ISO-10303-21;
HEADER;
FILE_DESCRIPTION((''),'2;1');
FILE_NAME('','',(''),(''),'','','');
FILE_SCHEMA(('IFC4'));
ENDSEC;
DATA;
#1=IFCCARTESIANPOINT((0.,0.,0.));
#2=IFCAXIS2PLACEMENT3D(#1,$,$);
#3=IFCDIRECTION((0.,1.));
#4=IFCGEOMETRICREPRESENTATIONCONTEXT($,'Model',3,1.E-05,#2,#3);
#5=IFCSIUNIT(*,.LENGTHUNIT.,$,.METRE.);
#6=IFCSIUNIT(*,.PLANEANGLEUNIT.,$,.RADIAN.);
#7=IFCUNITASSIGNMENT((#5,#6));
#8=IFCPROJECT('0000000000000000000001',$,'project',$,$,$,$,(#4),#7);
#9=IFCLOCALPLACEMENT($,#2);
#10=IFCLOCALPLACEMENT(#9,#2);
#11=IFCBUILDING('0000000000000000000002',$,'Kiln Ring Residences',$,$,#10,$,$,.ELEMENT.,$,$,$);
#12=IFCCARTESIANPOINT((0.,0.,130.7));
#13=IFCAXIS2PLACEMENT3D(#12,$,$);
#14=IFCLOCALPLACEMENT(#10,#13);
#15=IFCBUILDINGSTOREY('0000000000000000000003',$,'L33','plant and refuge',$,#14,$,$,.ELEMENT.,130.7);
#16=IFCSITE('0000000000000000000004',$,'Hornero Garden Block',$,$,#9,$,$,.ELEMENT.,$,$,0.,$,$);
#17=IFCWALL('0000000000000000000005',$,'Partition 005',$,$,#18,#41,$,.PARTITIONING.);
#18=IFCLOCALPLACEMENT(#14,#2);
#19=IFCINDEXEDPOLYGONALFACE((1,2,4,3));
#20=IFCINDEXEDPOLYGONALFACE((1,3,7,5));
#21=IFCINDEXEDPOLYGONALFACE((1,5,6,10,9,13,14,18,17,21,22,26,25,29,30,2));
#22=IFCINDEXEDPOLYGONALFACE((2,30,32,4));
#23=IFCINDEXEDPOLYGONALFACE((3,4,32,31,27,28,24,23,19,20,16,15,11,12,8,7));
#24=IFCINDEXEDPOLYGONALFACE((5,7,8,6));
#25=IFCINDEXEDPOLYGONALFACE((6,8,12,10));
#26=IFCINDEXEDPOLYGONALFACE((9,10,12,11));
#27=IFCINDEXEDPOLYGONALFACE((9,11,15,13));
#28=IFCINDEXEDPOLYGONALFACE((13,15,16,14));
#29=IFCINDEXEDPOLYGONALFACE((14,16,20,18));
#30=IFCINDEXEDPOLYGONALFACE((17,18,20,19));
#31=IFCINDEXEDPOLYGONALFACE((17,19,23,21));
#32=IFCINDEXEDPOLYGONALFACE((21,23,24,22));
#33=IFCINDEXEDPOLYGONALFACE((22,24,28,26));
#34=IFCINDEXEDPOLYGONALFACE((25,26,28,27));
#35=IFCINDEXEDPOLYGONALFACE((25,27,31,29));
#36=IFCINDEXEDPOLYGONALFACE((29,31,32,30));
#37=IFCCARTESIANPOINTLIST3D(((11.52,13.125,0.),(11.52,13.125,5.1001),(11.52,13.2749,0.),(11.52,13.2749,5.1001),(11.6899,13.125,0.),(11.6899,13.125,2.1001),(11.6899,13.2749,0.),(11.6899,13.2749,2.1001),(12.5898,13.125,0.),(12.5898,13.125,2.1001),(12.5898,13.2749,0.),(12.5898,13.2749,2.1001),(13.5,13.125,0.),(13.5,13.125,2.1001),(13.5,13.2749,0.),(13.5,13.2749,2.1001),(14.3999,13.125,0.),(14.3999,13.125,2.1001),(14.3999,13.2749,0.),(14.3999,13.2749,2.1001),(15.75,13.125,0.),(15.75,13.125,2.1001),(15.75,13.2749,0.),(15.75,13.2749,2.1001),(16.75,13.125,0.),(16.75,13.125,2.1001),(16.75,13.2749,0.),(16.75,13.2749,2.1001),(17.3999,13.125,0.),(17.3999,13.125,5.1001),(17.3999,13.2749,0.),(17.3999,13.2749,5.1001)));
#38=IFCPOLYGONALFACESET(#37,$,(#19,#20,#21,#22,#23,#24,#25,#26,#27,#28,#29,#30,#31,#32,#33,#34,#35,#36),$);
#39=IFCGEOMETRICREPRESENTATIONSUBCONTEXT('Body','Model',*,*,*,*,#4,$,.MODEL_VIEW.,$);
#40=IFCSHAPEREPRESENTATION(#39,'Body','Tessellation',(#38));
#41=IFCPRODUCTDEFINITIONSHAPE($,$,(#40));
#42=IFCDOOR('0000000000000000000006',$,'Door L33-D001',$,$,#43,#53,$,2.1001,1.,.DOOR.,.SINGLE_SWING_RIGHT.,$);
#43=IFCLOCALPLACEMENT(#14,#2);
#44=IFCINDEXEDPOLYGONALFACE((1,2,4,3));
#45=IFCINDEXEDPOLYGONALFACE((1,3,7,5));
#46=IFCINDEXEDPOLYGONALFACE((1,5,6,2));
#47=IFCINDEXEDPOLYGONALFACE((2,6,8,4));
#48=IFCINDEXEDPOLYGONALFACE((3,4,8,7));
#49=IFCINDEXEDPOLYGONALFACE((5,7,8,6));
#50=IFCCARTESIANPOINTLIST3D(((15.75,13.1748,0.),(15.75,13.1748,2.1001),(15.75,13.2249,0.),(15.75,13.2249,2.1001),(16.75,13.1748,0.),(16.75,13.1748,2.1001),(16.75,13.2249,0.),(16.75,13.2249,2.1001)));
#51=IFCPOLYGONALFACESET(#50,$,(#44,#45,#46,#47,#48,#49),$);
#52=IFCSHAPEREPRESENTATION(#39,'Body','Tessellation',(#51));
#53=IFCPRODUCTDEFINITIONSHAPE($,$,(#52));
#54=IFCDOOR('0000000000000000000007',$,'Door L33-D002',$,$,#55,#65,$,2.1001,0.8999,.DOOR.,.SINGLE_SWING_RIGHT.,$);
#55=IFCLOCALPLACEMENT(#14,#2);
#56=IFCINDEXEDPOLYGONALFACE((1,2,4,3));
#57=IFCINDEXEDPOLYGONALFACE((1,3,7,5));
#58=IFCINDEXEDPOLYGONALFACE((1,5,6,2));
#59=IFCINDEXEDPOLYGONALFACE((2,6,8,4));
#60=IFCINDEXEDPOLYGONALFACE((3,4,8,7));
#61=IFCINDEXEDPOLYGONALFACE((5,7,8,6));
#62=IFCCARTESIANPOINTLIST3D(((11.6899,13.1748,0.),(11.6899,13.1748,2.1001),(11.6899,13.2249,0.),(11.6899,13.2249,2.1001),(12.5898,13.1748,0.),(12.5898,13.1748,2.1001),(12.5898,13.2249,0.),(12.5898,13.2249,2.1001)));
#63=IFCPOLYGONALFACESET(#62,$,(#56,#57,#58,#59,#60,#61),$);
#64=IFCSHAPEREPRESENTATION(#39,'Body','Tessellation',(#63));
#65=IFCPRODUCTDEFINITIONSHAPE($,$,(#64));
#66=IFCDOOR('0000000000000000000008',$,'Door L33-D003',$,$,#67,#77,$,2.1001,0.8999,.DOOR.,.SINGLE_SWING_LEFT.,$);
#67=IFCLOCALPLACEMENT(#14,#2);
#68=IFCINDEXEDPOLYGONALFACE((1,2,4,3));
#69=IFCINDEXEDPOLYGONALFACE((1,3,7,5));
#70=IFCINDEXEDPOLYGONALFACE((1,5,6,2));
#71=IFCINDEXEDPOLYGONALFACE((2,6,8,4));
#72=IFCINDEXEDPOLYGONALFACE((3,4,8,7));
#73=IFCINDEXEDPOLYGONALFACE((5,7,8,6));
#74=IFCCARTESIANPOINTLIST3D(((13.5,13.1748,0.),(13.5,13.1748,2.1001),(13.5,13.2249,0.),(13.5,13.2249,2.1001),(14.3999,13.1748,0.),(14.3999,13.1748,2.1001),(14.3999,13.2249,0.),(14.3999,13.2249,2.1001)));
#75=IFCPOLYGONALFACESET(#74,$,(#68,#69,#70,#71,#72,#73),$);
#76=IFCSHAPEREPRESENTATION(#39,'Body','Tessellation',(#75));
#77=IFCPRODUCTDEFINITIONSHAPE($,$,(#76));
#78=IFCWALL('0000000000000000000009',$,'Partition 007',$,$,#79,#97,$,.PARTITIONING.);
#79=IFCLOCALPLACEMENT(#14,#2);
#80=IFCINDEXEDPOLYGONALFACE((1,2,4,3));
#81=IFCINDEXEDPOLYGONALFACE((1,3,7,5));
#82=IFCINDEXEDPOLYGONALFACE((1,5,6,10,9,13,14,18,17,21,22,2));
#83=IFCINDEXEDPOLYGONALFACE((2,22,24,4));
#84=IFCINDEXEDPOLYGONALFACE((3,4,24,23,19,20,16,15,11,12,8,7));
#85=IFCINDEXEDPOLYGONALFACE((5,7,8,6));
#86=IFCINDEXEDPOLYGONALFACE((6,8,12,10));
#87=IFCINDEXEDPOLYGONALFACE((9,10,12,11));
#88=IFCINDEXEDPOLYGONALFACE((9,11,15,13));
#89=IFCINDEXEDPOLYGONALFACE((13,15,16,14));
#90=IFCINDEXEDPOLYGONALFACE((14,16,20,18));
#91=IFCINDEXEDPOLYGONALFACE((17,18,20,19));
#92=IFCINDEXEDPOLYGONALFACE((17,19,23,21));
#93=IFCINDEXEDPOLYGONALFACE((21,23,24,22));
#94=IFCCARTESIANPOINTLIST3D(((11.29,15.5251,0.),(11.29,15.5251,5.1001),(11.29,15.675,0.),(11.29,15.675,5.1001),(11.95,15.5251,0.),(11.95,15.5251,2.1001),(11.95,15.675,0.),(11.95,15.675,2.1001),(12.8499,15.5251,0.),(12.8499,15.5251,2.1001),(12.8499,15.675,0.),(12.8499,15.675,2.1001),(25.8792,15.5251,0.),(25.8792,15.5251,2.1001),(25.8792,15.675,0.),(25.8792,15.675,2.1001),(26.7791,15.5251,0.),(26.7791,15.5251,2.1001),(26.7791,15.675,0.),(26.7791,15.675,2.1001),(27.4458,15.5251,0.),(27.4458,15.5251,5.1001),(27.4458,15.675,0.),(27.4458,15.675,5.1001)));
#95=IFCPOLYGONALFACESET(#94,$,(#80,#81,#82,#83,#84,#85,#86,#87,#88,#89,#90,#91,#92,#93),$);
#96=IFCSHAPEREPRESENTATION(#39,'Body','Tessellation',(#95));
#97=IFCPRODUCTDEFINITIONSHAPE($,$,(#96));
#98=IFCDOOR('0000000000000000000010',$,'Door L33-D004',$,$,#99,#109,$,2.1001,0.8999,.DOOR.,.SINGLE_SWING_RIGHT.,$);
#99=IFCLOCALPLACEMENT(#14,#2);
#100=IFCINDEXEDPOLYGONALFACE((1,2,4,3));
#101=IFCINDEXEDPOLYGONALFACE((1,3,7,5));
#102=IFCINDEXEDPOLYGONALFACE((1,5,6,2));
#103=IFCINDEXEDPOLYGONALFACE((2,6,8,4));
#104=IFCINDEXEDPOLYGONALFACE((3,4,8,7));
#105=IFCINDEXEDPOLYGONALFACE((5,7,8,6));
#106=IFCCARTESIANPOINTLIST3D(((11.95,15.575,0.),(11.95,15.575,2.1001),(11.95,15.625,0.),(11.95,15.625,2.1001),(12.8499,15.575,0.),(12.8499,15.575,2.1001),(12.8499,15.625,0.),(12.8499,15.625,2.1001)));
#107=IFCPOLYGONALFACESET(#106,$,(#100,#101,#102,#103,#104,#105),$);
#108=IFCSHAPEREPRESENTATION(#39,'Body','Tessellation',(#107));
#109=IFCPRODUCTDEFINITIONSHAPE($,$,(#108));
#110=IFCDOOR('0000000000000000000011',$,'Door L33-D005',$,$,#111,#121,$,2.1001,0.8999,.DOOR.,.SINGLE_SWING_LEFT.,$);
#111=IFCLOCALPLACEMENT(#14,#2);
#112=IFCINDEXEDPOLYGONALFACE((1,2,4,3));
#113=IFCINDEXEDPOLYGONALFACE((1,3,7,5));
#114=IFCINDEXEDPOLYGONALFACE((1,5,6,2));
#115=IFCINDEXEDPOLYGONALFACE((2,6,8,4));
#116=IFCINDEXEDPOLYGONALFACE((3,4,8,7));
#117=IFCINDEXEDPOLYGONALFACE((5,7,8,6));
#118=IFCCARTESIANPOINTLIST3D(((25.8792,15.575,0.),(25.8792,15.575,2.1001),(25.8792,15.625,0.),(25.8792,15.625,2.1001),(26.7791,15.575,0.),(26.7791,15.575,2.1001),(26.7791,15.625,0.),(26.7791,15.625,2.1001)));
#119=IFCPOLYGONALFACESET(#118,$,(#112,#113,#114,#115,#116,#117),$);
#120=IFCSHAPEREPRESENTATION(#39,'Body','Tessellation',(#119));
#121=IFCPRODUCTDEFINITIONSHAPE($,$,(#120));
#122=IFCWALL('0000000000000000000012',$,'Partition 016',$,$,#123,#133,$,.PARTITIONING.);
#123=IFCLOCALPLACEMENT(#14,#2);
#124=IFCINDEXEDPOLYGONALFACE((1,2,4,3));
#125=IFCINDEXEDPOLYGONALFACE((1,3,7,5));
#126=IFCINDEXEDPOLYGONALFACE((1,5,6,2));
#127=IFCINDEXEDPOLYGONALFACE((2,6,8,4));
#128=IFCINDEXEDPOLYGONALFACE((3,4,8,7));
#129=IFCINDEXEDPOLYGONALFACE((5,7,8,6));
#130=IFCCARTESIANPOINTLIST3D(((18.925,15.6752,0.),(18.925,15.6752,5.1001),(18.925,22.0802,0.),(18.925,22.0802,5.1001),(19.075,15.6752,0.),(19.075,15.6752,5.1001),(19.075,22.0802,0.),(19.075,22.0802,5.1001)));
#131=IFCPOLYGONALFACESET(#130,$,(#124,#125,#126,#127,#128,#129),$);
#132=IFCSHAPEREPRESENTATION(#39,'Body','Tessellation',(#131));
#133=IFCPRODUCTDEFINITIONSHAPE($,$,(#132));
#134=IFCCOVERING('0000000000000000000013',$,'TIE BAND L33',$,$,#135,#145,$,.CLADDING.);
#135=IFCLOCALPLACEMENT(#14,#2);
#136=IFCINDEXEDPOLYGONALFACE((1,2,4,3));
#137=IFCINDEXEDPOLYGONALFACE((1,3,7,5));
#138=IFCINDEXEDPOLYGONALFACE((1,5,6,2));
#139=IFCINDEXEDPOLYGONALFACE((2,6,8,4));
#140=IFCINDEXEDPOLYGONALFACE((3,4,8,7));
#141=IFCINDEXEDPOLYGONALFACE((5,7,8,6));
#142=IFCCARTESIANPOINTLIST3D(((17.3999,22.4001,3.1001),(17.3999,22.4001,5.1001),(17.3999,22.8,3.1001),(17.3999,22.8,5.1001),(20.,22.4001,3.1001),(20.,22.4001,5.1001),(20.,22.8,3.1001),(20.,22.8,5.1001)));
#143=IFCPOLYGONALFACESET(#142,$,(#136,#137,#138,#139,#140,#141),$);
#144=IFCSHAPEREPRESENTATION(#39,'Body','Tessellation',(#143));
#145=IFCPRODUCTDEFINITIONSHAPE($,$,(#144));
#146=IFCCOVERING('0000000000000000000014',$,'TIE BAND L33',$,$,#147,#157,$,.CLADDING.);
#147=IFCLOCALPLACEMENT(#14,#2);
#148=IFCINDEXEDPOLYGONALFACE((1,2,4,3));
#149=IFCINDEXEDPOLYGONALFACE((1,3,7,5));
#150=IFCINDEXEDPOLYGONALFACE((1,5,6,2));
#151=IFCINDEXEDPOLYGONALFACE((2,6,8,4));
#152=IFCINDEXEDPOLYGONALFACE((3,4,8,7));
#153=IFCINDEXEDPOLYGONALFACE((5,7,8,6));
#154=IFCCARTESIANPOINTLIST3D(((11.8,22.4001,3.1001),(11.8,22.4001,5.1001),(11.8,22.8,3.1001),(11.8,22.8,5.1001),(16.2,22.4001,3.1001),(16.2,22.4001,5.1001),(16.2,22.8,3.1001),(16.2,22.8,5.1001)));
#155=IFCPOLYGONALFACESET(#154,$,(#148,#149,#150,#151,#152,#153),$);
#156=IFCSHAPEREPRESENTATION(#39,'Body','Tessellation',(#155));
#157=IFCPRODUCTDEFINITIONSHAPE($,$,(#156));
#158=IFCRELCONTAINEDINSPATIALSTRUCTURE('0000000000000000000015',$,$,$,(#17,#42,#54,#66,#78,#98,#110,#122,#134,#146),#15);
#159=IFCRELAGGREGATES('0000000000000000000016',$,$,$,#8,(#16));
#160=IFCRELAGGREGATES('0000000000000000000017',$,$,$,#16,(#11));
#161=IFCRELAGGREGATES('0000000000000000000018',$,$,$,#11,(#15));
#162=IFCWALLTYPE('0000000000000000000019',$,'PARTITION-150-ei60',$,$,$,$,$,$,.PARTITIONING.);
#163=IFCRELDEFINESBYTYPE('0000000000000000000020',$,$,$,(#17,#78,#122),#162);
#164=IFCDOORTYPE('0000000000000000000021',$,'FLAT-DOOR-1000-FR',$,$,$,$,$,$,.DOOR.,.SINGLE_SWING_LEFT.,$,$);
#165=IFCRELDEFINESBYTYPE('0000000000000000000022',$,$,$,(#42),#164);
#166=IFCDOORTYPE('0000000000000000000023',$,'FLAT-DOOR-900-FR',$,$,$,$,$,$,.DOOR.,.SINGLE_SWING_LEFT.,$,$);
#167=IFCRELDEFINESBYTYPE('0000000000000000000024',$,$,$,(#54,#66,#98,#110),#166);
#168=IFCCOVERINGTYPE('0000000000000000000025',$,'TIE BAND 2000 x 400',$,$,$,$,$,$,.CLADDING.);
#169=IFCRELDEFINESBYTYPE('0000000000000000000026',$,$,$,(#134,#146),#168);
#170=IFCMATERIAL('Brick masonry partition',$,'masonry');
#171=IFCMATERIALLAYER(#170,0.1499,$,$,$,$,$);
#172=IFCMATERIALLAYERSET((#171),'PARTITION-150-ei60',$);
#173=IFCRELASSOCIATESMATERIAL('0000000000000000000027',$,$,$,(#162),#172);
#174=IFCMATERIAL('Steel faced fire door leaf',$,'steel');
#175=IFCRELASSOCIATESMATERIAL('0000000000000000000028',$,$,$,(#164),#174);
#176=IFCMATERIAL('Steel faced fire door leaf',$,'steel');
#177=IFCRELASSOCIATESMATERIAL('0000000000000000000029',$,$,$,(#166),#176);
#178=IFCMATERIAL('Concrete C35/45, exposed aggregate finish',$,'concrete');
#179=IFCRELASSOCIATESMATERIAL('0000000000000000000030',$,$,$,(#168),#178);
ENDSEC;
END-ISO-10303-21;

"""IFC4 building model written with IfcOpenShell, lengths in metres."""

from ifc_helpers import new_model, si_unit, direction, frame, frame_2d, origin, origin_2d, place, context, subcontext, project, spatial, rectangle, extrude, material, layer, layer_set, type_object, element, fill, save


model = new_model("IFC4")

# Units and contexts
model_context = context("Model", 3, precision=1e-05, world=origin(), true_north=direction((0.0, 1.0)))
body_context = subcontext(model_context, "Body", "Model", "MODEL_VIEW")
ifc_project = project(units=[si_unit("LENGTHUNIT", "METRE"), si_unit("PLANEANGLEUNIT", "RADIAN")], contexts=[model_context])

# Site, building, storey
site_placement = place(None, origin())
site = spatial("IfcSite", under=ifc_project, at=site_placement, Name="Hornero Garden Block", CompositionType="ELEMENT", RefElevation=0.0)
building_placement = place(site_placement, origin())
building = spatial("IfcBuilding", under=site, at=building_placement, Name="Kiln Ring Residences", CompositionType="ELEMENT")
storey_placement = place(building_placement, frame((0.0, 0.0, 130.7)))
storey = spatial("IfcBuildingStorey", under=building, at=storey_placement, Name="L33", Description="plant and refuge", CompositionType="ELEMENT", Elevation=130.7)

# Walls, openings, doors
ifc_material_1 = material(Name="Brick masonry partition", Category="masonry")
ifc_layer_1 = layer(ifc_material_1, 0.1499)
ifc_layer_set_1 = layer_set([ifc_layer_1], Name="PARTITION-150-ei60")
wall_type_1 = type_object("IfcWallType", Name="PARTITION-150-ei60", PredefinedType="PARTITIONING", material=ifc_layer_set_1)
wall_1_placement = place(storey_placement, frame((11.52, 13.2, 0.0), z_axis=(0.0, 0.0, 1.0), x_axis=(1.0, 0.0, 0.0)))
wall_1 = element("IfcWall", 1, at=wall_1_placement, inside=storey, type_object=wall_type_1, Name="Partition 005", PredefinedType="PARTITIONING", context=body_context, shape_type="SweptSolid", body=[
    extrude(rectangle(XDim=5.8799, YDim=0.1499, at=frame_2d((2.9399, 0.0))), origin(), (0.0, 0.0, 1.0), 5.1001),
])
opening_1_placement = place(wall_1_placement, frame((4.23, 0.0, 0.0)))
opening_1 = element("IfcOpeningElement", 2, at=opening_1_placement, cuts=wall_1, PredefinedType="OPENING", context=body_context, shape_type="SweptSolid", body=[
    extrude(rectangle(XDim=1.0, YDim=2.1001, at=frame_2d((0.5, 1.05))), frame((0.0, 0.085, 0.0), z_axis=(0.0, -1.0, 0.0), x_axis=(1.0, 0.0, 0.0)), (0.0, 0.0, 1.0), 0.1699),
])
opening_2_placement = place(wall_1_placement, frame((0.1699, 0.0, 0.0)))
opening_2 = element("IfcOpeningElement", 3, at=opening_2_placement, cuts=wall_1, PredefinedType="OPENING", context=body_context, shape_type="SweptSolid", body=[
    extrude(rectangle(XDim=0.8999, YDim=2.1001, at=frame_2d((0.45, 1.05))), frame((0.0, 0.085, 0.0), z_axis=(0.0, -1.0, 0.0), x_axis=(1.0, 0.0, 0.0)), (0.0, 0.0, 1.0), 0.1699),
])
opening_3_placement = place(wall_1_placement, frame((1.98, 0.0, 0.0)))
opening_3 = element("IfcOpeningElement", 4, at=opening_3_placement, cuts=wall_1, PredefinedType="OPENING", context=body_context, shape_type="SweptSolid", body=[
    extrude(rectangle(XDim=0.8999, YDim=2.1001, at=frame_2d((0.45, 1.05))), frame((0.0, 0.085, 0.0), z_axis=(0.0, -1.0, 0.0), x_axis=(1.0, 0.0, 0.0)), (0.0, 0.0, 1.0), 0.1699),
])
ifc_material_2 = material(Name="Steel faced fire door leaf", Category="steel")
door_type_1 = type_object("IfcDoorType", Name="FLAT-DOOR-1000-FR", OperationType="SINGLE_SWING_LEFT", PredefinedType="DOOR", material=ifc_material_2)
door_1_placement = place(opening_1_placement, origin())
door_1 = element("IfcDoor", 5, at=door_1_placement, inside=storey, type_object=door_type_1, Name="Door L33-D001", OperationType="SINGLE_SWING_RIGHT", OverallHeight=2.1001, OverallWidth=1.0, PredefinedType="DOOR", context=body_context, shape_type="SweptSolid", body=[
    extrude(rectangle(XDim=1.0, YDim=2.1001, at=frame_2d((0.5, 1.05))), frame((0.0, 0.0249, 0.0), z_axis=(0.0, -1.0, 0.0), x_axis=(1.0, 0.0, 0.0)), (0.0, 0.0, 1.0), 0.05),
])
fill(opening_1, door_1)
ifc_material_3 = material(Name="Steel faced fire door leaf", Category="steel")
door_type_2 = type_object("IfcDoorType", Name="FLAT-DOOR-900-FR", OperationType="SINGLE_SWING_LEFT", PredefinedType="DOOR", material=ifc_material_3)
door_2_placement = place(opening_2_placement, origin())
door_2 = element("IfcDoor", 6, at=door_2_placement, inside=storey, type_object=door_type_2, Name="Door L33-D002", OperationType="SINGLE_SWING_RIGHT", OverallHeight=2.1001, OverallWidth=0.8999, PredefinedType="DOOR", context=body_context, shape_type="SweptSolid", body=[
    extrude(rectangle(XDim=0.8999, YDim=2.1001, at=frame_2d((0.45, 1.05))), frame((0.0, 0.0249, 0.0), z_axis=(0.0, -1.0, 0.0), x_axis=(1.0, 0.0, 0.0)), (0.0, 0.0, 1.0), 0.05),
])
fill(opening_2, door_2)
door_3_placement = place(opening_3_placement, origin())
door_3 = element("IfcDoor", 7, at=door_3_placement, inside=storey, type_object=door_type_2, Name="Door L33-D003", OperationType="SINGLE_SWING_LEFT", OverallHeight=2.1001, OverallWidth=0.8999, PredefinedType="DOOR", context=body_context, shape_type="SweptSolid", body=[
    extrude(rectangle(XDim=0.8999, YDim=2.1001, at=frame_2d((0.45, 1.05))), frame((0.0, 0.0249, 0.0), z_axis=(0.0, -1.0, 0.0), x_axis=(1.0, 0.0, 0.0)), (0.0, 0.0, 1.0), 0.05),
])
fill(opening_3, door_3)
wall_2_placement = place(storey_placement, frame((11.29, 15.6001, 0.0), z_axis=(0.0, 0.0, 1.0), x_axis=(1.0, 0.0, 0.0)))
wall_2 = element("IfcWall", 8, at=wall_2_placement, inside=storey, type_object=wall_type_1, Name="Partition 007", PredefinedType="PARTITIONING", context=body_context, shape_type="SweptSolid", body=[
    extrude(rectangle(XDim=16.1558, YDim=0.1499, at=frame_2d((8.0779, 0.0))), origin(), (0.0, 0.0, 1.0), 5.1001),
])
opening_4_placement = place(wall_2_placement, frame((0.6599, 0.0, 0.0)))
opening_4 = element("IfcOpeningElement", 9, at=opening_4_placement, cuts=wall_2, PredefinedType="OPENING", context=body_context, shape_type="SweptSolid", body=[
    extrude(rectangle(XDim=0.8999, YDim=2.1001, at=frame_2d((0.45, 1.05))), frame((0.0, 0.085, 0.0), z_axis=(0.0, -1.0, 0.0), x_axis=(1.0, 0.0, 0.0)), (0.0, 0.0, 1.0), 0.1699),
])
opening_5_placement = place(wall_2_placement, frame((14.5891, 0.0, 0.0)))
opening_5 = element("IfcOpeningElement", 10, at=opening_5_placement, cuts=wall_2, PredefinedType="OPENING", context=body_context, shape_type="SweptSolid", body=[
    extrude(rectangle(XDim=0.8999, YDim=2.1001, at=frame_2d((0.45, 1.05))), frame((0.0, 0.085, 0.0), z_axis=(0.0, -1.0, 0.0), x_axis=(1.0, 0.0, 0.0)), (0.0, 0.0, 1.0), 0.1699),
])
door_4_placement = place(opening_4_placement, origin())
door_4 = element("IfcDoor", 11, at=door_4_placement, inside=storey, type_object=door_type_2, Name="Door L33-D004", OperationType="SINGLE_SWING_RIGHT", OverallHeight=2.1001, OverallWidth=0.8999, PredefinedType="DOOR", context=body_context, shape_type="SweptSolid", body=[
    extrude(rectangle(XDim=0.8999, YDim=2.1001, at=frame_2d((0.45, 1.05))), frame((0.0, 0.0249, 0.0), z_axis=(0.0, -1.0, 0.0), x_axis=(1.0, 0.0, 0.0)), (0.0, 0.0, 1.0), 0.05),
])
fill(opening_4, door_4)
door_5_placement = place(opening_5_placement, origin())
door_5 = element("IfcDoor", 12, at=door_5_placement, inside=storey, type_object=door_type_2, Name="Door L33-D005", OperationType="SINGLE_SWING_LEFT", OverallHeight=2.1001, OverallWidth=0.8999, PredefinedType="DOOR", context=body_context, shape_type="SweptSolid", body=[
    extrude(rectangle(XDim=0.8999, YDim=2.1001, at=frame_2d((0.45, 1.05))), frame((0.0, 0.0249, 0.0), z_axis=(0.0, -1.0, 0.0), x_axis=(1.0, 0.0, 0.0)), (0.0, 0.0, 1.0), 0.05),
])
fill(opening_5, door_5)

# Wall
wall_3_placement = place(storey_placement, frame((19.0, 15.675, 0.0), z_axis=(0.0, 0.0, 1.0), x_axis=(0.0, 1.0, 0.0)))
element("IfcWall", 13, at=wall_3_placement, inside=storey, type_object=wall_type_1, Name="Partition 016", PredefinedType="PARTITIONING", context=body_context, shape_type="SweptSolid", body=[
    extrude(rectangle(XDim=6.405, YDim=0.1499, at=frame_2d((3.2026, 0.0))), origin(), (0.0, 0.0, 1.0), 5.1001),
])

# Coverings
ifc_material_4 = material(Name="Concrete C35/45, exposed aggregate finish", Category="concrete")
covering_type = type_object("IfcCoveringType", Name="TIE BAND 2000 x 400", PredefinedType="CLADDING", material=ifc_material_4)
covering_1_placement = place(storey_placement, frame((18.7, 22.6001, 3.1001), z_axis=(0.0, 0.0, 1.0), x_axis=(-1.0, 0.0, 0.0)))
element("IfcCovering", 14, at=covering_1_placement, inside=storey, type_object=covering_type, Name="TIE BAND L33", PredefinedType="CLADDING", context=body_context, shape_type="SweptSolid", body=[
    extrude(rectangle(XDim=2.6001, YDim=0.3999, at=origin_2d()), origin(), (0.0, 0.0, 1.0), 2.0),
])
covering_2_placement = place(storey_placement, frame((14.0, 22.6001, 3.1001), z_axis=(0.0, 0.0, 1.0), x_axis=(-1.0, 0.0, 0.0)))
element("IfcCovering", 15, at=covering_2_placement, inside=storey, type_object=covering_type, Name="TIE BAND L33", PredefinedType="CLADDING", context=body_context, shape_type="SweptSolid", body=[
    extrude(rectangle(XDim=4.3999, YDim=0.3999, at=origin_2d()), origin(), (0.0, 0.0, 1.0), 2.0),
])

save(model, "model.ifc")
